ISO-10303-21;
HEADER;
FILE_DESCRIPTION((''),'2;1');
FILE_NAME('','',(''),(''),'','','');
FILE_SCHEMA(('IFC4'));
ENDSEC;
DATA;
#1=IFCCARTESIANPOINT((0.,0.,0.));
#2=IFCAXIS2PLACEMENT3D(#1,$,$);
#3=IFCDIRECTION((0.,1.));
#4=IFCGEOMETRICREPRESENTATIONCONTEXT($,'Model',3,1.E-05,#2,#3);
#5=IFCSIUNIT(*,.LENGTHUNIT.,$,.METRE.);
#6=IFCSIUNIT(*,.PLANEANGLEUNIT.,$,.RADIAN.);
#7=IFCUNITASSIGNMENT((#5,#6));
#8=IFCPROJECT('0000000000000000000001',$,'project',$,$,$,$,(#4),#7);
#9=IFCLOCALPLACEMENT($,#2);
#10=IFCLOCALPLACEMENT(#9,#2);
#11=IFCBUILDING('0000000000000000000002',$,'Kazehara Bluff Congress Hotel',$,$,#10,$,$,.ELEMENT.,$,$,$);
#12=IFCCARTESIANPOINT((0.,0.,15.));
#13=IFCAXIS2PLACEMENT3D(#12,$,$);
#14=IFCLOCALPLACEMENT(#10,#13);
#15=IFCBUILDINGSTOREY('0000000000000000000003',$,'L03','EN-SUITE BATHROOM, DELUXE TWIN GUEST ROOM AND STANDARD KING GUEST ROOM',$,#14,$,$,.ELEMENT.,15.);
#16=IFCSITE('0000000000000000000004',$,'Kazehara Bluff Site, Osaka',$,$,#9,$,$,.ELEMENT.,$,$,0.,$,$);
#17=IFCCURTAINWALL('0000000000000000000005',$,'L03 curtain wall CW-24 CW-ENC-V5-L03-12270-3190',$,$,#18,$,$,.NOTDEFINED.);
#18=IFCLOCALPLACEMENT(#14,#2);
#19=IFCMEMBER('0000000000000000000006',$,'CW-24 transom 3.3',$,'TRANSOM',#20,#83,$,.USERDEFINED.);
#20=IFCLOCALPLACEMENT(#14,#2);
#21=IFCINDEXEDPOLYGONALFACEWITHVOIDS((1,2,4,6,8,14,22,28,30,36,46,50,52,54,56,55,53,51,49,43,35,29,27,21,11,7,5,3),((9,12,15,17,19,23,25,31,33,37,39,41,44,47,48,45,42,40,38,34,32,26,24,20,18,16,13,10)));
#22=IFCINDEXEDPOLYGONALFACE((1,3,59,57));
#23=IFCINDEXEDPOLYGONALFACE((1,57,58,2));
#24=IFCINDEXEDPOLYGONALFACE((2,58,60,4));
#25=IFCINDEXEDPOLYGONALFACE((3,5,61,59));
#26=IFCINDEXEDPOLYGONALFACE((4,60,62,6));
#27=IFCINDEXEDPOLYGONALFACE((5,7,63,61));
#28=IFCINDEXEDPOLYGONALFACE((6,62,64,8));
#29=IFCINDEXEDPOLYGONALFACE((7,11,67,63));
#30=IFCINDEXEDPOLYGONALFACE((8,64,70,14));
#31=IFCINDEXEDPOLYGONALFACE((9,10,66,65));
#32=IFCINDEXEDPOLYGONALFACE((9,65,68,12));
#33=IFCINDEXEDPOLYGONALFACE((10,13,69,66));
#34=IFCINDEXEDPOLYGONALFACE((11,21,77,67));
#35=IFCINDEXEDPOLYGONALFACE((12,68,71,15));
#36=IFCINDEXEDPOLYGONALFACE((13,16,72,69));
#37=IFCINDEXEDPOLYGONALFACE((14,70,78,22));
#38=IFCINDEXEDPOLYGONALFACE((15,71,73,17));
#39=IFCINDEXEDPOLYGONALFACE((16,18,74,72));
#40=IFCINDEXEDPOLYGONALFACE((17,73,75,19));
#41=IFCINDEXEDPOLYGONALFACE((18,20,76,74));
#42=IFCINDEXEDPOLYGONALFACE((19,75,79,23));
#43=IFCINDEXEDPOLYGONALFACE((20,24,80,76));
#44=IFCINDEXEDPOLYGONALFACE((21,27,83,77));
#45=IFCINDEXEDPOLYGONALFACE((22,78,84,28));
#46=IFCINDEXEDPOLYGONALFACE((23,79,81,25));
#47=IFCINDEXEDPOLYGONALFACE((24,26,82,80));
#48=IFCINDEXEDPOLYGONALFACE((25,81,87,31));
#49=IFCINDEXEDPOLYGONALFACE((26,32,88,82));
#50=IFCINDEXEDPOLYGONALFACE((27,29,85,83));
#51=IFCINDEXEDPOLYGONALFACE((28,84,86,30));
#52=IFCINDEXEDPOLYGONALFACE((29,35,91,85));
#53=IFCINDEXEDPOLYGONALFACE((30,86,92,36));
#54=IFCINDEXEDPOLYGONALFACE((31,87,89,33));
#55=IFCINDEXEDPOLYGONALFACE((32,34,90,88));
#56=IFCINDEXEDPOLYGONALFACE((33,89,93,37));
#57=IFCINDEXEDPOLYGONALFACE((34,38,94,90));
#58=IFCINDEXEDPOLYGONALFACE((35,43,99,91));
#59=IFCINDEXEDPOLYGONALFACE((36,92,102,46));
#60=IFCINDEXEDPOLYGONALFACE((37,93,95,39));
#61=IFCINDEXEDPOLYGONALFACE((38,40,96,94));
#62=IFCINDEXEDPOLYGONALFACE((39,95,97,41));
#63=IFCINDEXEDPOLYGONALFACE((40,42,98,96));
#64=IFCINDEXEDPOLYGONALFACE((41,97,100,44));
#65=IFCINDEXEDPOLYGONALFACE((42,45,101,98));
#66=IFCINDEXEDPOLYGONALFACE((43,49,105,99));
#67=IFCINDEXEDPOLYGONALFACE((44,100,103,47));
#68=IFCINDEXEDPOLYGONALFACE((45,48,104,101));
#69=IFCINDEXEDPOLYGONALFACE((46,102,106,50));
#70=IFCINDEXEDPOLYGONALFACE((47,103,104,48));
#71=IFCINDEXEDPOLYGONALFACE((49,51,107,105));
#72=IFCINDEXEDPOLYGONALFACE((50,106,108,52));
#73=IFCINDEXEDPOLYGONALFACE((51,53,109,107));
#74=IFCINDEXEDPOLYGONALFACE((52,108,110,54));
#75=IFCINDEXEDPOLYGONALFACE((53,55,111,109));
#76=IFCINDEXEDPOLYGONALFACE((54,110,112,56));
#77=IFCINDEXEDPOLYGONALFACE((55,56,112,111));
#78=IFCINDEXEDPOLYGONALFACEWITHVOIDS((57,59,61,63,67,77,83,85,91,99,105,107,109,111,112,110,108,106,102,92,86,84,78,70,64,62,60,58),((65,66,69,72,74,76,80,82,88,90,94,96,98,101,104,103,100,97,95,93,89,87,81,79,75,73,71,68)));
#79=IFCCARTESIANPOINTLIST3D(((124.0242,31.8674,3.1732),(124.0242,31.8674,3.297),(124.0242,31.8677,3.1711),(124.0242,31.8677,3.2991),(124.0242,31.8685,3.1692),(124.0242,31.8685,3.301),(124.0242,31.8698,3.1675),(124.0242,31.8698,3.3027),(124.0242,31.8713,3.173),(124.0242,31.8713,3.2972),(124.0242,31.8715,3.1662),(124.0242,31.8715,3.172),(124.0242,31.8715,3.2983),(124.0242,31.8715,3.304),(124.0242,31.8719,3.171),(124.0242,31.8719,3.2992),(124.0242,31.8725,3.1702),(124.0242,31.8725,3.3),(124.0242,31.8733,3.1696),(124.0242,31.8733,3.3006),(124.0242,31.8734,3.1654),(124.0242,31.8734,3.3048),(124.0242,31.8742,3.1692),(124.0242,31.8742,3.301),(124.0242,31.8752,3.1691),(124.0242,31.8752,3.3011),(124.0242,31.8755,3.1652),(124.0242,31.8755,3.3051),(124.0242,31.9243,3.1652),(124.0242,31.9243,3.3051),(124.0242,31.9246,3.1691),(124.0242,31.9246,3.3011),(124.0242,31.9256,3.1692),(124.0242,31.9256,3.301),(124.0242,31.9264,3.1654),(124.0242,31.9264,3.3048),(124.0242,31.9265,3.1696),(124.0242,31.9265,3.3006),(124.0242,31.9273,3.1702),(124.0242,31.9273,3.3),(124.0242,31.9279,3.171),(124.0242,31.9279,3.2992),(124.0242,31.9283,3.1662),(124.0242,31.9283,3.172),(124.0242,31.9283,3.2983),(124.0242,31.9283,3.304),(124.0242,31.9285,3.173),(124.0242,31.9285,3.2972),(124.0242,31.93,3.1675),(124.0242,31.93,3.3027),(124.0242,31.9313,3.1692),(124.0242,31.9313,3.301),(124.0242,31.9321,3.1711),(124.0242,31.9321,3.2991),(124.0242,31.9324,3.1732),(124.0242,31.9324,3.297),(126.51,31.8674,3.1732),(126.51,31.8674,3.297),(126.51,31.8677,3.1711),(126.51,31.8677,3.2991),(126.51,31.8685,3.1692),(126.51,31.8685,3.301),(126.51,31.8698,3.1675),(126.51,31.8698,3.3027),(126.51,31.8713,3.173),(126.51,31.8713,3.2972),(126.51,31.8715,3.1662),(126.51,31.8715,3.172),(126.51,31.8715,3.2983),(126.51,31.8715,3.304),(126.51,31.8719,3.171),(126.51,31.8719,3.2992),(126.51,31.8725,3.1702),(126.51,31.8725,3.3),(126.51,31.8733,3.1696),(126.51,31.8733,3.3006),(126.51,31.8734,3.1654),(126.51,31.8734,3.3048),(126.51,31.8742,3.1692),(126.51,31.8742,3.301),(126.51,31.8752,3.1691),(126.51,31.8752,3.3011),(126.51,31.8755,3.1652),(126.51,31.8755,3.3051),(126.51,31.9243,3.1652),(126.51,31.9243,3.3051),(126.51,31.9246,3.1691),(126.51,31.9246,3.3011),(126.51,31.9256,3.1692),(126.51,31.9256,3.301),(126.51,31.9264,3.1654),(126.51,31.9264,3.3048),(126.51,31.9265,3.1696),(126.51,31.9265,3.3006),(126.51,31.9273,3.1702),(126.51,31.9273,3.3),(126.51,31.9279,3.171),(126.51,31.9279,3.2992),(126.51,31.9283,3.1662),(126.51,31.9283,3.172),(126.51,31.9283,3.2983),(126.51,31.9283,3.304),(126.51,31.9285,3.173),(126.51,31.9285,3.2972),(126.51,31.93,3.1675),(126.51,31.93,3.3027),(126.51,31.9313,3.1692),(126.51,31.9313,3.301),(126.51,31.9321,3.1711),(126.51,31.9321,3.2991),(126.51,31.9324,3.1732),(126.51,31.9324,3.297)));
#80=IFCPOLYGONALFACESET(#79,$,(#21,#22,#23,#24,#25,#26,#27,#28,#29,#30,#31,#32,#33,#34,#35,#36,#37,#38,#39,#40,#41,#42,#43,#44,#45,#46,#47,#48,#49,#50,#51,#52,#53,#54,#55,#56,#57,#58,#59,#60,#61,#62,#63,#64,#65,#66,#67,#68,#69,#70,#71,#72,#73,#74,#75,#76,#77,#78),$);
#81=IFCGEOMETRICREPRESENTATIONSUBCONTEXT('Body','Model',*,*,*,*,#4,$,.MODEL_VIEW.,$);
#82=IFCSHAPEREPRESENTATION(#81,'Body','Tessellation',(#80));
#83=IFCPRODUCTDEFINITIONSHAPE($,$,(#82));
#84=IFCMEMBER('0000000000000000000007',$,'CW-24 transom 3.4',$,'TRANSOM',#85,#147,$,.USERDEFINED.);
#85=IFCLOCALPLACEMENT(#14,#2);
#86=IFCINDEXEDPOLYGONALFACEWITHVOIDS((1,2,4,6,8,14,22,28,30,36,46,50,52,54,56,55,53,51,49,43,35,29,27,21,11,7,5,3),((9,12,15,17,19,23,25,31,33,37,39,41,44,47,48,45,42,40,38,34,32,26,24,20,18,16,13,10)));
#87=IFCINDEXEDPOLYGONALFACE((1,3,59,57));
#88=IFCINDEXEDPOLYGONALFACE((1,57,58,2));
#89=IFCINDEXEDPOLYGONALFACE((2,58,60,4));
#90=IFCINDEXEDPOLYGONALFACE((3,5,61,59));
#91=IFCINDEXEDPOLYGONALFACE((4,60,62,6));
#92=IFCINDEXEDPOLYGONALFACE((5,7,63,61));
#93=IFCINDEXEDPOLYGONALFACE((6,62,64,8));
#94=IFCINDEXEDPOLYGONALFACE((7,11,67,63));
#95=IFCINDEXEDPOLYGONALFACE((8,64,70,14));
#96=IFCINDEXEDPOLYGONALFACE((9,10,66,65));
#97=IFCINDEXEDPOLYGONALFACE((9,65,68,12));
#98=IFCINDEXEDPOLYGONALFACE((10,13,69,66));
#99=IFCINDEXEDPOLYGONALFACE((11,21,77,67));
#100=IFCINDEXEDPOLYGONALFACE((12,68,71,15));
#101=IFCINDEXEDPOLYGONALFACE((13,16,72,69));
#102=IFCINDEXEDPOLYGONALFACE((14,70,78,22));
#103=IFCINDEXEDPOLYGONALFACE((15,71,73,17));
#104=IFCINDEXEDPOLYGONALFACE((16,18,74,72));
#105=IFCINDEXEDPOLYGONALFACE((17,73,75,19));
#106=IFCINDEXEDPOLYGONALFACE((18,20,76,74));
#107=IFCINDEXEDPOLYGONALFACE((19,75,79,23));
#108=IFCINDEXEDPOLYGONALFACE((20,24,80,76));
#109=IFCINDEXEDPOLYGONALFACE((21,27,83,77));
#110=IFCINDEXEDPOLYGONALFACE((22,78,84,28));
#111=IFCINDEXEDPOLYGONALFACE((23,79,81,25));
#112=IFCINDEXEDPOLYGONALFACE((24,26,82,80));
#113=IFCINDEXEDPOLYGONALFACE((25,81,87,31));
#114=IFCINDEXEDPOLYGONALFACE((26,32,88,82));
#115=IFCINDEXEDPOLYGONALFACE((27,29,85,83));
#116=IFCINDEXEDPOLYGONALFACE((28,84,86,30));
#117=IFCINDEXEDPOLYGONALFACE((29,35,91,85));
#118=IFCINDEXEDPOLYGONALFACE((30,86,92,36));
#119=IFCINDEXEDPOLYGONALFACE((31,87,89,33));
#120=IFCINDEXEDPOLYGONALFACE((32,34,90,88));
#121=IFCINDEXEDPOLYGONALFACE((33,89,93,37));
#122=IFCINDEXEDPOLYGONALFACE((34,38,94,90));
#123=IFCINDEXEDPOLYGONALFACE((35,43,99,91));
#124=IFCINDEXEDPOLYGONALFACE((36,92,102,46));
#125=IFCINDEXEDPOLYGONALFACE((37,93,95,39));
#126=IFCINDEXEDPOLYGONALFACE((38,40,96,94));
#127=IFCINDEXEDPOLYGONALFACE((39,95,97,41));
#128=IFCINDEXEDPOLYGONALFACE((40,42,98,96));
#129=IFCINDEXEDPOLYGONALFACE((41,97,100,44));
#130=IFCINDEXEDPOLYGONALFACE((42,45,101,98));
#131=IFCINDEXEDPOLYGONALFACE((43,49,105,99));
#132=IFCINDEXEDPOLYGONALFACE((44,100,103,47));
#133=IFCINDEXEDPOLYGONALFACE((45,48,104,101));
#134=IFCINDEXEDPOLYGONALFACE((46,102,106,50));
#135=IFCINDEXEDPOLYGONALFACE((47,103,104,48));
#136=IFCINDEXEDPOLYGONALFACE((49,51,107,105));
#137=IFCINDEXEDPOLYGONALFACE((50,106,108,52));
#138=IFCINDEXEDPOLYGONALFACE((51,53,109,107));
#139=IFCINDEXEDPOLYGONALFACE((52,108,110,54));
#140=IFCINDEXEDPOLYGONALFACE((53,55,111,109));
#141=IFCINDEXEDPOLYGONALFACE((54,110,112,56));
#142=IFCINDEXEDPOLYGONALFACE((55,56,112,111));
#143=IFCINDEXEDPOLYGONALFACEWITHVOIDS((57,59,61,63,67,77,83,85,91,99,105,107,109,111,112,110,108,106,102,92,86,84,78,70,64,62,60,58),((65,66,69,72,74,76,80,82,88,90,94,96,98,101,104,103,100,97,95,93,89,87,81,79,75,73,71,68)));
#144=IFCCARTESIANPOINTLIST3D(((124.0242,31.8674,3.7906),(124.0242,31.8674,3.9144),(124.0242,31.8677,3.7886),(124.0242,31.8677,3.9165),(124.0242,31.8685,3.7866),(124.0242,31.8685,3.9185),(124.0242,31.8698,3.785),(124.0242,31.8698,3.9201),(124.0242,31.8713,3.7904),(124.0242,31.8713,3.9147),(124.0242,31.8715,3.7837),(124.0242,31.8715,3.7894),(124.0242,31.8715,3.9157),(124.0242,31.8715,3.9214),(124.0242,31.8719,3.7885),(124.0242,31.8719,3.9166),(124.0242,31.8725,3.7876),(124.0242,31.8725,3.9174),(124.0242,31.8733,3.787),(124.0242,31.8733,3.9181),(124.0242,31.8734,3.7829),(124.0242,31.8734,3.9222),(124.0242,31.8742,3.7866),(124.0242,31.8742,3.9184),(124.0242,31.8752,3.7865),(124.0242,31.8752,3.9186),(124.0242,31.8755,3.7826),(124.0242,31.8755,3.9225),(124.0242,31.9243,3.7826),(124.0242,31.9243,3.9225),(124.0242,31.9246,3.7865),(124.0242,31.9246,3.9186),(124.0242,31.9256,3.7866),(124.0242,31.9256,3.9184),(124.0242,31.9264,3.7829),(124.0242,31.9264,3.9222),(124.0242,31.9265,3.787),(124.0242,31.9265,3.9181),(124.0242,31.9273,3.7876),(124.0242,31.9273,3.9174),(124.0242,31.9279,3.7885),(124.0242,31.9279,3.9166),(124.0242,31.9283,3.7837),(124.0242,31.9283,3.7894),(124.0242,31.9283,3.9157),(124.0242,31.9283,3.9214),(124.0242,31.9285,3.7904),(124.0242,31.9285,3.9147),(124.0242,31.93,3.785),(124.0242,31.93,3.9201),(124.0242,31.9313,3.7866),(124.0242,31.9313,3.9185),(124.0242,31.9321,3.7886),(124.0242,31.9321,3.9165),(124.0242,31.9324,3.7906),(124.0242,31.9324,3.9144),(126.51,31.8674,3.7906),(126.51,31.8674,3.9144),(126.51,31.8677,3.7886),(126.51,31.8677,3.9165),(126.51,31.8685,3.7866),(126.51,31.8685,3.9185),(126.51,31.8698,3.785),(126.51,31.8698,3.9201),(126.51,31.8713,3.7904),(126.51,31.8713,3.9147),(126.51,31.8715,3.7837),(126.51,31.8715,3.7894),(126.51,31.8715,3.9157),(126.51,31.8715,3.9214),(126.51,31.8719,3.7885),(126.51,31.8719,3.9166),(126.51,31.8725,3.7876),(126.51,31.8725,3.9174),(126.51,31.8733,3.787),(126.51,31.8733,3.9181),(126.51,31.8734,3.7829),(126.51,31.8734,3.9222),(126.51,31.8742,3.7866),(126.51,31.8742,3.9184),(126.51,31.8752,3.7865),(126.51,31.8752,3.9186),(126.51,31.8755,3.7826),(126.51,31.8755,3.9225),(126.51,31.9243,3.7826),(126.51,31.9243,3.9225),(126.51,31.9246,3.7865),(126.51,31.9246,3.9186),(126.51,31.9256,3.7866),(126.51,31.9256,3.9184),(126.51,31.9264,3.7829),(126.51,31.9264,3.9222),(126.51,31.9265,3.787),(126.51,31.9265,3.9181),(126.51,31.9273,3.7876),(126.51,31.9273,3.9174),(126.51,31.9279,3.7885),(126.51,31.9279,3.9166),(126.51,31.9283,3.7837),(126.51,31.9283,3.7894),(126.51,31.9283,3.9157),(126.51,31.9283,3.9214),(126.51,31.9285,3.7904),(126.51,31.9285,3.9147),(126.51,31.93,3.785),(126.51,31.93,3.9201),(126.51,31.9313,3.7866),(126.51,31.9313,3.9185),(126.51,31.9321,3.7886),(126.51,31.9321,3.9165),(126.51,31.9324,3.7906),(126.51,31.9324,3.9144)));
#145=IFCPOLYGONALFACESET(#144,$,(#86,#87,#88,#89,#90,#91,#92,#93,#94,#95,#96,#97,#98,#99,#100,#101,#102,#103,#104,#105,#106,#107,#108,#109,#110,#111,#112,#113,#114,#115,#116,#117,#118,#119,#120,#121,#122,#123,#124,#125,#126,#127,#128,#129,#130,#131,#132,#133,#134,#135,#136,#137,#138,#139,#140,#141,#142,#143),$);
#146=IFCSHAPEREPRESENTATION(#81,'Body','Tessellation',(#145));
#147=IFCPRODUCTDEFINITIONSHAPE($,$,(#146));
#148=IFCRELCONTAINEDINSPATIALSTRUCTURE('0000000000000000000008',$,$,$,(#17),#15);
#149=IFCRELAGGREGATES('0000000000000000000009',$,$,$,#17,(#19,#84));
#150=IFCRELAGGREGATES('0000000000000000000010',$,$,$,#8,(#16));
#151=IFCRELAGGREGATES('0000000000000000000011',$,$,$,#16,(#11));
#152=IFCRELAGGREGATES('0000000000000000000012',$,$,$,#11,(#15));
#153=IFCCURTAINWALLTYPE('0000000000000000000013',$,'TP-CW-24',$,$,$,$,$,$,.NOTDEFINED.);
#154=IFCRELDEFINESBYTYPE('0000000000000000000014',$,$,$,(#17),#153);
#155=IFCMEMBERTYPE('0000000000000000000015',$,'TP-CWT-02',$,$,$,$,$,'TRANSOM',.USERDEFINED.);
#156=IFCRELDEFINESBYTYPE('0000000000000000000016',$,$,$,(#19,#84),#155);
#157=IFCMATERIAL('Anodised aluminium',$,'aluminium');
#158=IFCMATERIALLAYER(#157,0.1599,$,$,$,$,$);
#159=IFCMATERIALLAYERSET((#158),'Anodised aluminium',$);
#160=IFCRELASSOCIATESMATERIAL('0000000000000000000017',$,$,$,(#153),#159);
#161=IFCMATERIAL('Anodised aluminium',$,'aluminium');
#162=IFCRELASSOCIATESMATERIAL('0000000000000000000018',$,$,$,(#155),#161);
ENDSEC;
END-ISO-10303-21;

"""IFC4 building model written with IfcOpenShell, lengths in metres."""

from ifc_helpers import new_model, si_unit, direction, frame, origin, origin_2d, place, context, subcontext, project, spatial, hollow_rectangle, extrude, material, layer, layer_set, material_profile, profile_set, type_object, element, aggregate, save


model = new_model("IFC4")

# Units and contexts
model_context = context("Model", 3, precision=1e-05, world=origin(), true_north=direction((0.0, 1.0)))
body_context = subcontext(model_context, "Body", "Model", "MODEL_VIEW")
ifc_project = project(units=[si_unit("LENGTHUNIT", "METRE"), si_unit("PLANEANGLEUNIT", "RADIAN")], contexts=[model_context])

# Site, building, storey
site_placement = place(None, origin())
site = spatial("IfcSite", under=ifc_project, at=site_placement, Name="Kazehara Bluff Site, Osaka", CompositionType="ELEMENT", RefElevation=0.0)
building_placement = place(site_placement, origin())
building = spatial("IfcBuilding", under=site, at=building_placement, Name="Kazehara Bluff Congress Hotel", CompositionType="ELEMENT")
storey_placement = place(building_placement, frame((0.0, 0.0, 15.0)))
storey = spatial("IfcBuildingStorey", under=building, at=storey_placement, Name="L03", Description="EN-SUITE BATHROOM, DELUXE TWIN GUEST ROOM AND STANDARD KING GUEST ROOM", CompositionType="ELEMENT", Elevation=15.0)

# Curtain wall
ifc_material_1 = material(Name="Anodised aluminium", Category="aluminium")
ifc_layer_1 = layer(ifc_material_1, 0.1599)
ifc_layer_set_1 = layer_set([ifc_layer_1], Name="Anodised aluminium")
curtain_wall_type = type_object("IfcCurtainWallType", Name="TP-CW-24", PredefinedType="NOTDEFINED", material=ifc_layer_set_1)
curtain_wall_1_placement = place(storey_placement, origin())
curtain_wall_1 = element("IfcCurtainWall", 1, at=curtain_wall_1_placement, inside=storey, type_object=curtain_wall_type, Name="L03 curtain wall CW-24 CW-ENC-V5-L03-12270-3190", PredefinedType="NOTDEFINED")

# Members
ifc_material_2 = material(Name="Anodised aluminium", Category="aluminium")
ifc_material_profile_1 = material_profile(ifc_material_2, hollow_rectangle(XDim=0.0649, YDim=0.1399, WallThickness=0.0039, InnerFilletRadius=0.0039, OuterFilletRadius=0.0081, at=origin_2d()))
ifc_profile_set_1 = profile_set([ifc_material_profile_1], Name="Anodised aluminium")
member_type_1 = type_object("IfcMemberType", Name="TP-CWT-02", ElementType="TRANSOM", PredefinedType="USERDEFINED", material=ifc_profile_set_1)
member_1_placement = place(storey_placement, frame((124.0242, 31.8999, 3.2351), z_axis=(1.0, 0.0, 0.0), x_axis=(0.0, 1.0, 0.0)))
member_1 = element("IfcMember", 2, at=member_1_placement, type_object=member_type_1, Name="CW-24 transom 3.3", ObjectType="TRANSOM", PredefinedType="USERDEFINED", context=body_context, shape_type="SweptSolid", body=[
    extrude(hollow_rectangle(XDim=0.0649, YDim=0.1399, WallThickness=0.0039, InnerFilletRadius=0.0039, OuterFilletRadius=0.0081, at=origin_2d()), origin(), (0.0, 0.0, 1.0), 2.4858),
])
member_2_placement = place(storey_placement, frame((124.0242, 31.8999, 3.8525), z_axis=(1.0, 0.0, 0.0), x_axis=(0.0, 1.0, 0.0)))
member_2 = element("IfcMember", 3, at=member_2_placement, type_object=member_type_1, Name="CW-24 transom 3.4", ObjectType="TRANSOM", PredefinedType="USERDEFINED", context=body_context, shape_type="SweptSolid", body=[
    extrude(hollow_rectangle(XDim=0.0649, YDim=0.1399, WallThickness=0.0039, InnerFilletRadius=0.0039, OuterFilletRadius=0.0081, at=origin_2d()), origin(), (0.0, 0.0, 1.0), 2.4858),
])

aggregate(curtain_wall_1, [member_1, member_2])

save(model, "model.ifc")
